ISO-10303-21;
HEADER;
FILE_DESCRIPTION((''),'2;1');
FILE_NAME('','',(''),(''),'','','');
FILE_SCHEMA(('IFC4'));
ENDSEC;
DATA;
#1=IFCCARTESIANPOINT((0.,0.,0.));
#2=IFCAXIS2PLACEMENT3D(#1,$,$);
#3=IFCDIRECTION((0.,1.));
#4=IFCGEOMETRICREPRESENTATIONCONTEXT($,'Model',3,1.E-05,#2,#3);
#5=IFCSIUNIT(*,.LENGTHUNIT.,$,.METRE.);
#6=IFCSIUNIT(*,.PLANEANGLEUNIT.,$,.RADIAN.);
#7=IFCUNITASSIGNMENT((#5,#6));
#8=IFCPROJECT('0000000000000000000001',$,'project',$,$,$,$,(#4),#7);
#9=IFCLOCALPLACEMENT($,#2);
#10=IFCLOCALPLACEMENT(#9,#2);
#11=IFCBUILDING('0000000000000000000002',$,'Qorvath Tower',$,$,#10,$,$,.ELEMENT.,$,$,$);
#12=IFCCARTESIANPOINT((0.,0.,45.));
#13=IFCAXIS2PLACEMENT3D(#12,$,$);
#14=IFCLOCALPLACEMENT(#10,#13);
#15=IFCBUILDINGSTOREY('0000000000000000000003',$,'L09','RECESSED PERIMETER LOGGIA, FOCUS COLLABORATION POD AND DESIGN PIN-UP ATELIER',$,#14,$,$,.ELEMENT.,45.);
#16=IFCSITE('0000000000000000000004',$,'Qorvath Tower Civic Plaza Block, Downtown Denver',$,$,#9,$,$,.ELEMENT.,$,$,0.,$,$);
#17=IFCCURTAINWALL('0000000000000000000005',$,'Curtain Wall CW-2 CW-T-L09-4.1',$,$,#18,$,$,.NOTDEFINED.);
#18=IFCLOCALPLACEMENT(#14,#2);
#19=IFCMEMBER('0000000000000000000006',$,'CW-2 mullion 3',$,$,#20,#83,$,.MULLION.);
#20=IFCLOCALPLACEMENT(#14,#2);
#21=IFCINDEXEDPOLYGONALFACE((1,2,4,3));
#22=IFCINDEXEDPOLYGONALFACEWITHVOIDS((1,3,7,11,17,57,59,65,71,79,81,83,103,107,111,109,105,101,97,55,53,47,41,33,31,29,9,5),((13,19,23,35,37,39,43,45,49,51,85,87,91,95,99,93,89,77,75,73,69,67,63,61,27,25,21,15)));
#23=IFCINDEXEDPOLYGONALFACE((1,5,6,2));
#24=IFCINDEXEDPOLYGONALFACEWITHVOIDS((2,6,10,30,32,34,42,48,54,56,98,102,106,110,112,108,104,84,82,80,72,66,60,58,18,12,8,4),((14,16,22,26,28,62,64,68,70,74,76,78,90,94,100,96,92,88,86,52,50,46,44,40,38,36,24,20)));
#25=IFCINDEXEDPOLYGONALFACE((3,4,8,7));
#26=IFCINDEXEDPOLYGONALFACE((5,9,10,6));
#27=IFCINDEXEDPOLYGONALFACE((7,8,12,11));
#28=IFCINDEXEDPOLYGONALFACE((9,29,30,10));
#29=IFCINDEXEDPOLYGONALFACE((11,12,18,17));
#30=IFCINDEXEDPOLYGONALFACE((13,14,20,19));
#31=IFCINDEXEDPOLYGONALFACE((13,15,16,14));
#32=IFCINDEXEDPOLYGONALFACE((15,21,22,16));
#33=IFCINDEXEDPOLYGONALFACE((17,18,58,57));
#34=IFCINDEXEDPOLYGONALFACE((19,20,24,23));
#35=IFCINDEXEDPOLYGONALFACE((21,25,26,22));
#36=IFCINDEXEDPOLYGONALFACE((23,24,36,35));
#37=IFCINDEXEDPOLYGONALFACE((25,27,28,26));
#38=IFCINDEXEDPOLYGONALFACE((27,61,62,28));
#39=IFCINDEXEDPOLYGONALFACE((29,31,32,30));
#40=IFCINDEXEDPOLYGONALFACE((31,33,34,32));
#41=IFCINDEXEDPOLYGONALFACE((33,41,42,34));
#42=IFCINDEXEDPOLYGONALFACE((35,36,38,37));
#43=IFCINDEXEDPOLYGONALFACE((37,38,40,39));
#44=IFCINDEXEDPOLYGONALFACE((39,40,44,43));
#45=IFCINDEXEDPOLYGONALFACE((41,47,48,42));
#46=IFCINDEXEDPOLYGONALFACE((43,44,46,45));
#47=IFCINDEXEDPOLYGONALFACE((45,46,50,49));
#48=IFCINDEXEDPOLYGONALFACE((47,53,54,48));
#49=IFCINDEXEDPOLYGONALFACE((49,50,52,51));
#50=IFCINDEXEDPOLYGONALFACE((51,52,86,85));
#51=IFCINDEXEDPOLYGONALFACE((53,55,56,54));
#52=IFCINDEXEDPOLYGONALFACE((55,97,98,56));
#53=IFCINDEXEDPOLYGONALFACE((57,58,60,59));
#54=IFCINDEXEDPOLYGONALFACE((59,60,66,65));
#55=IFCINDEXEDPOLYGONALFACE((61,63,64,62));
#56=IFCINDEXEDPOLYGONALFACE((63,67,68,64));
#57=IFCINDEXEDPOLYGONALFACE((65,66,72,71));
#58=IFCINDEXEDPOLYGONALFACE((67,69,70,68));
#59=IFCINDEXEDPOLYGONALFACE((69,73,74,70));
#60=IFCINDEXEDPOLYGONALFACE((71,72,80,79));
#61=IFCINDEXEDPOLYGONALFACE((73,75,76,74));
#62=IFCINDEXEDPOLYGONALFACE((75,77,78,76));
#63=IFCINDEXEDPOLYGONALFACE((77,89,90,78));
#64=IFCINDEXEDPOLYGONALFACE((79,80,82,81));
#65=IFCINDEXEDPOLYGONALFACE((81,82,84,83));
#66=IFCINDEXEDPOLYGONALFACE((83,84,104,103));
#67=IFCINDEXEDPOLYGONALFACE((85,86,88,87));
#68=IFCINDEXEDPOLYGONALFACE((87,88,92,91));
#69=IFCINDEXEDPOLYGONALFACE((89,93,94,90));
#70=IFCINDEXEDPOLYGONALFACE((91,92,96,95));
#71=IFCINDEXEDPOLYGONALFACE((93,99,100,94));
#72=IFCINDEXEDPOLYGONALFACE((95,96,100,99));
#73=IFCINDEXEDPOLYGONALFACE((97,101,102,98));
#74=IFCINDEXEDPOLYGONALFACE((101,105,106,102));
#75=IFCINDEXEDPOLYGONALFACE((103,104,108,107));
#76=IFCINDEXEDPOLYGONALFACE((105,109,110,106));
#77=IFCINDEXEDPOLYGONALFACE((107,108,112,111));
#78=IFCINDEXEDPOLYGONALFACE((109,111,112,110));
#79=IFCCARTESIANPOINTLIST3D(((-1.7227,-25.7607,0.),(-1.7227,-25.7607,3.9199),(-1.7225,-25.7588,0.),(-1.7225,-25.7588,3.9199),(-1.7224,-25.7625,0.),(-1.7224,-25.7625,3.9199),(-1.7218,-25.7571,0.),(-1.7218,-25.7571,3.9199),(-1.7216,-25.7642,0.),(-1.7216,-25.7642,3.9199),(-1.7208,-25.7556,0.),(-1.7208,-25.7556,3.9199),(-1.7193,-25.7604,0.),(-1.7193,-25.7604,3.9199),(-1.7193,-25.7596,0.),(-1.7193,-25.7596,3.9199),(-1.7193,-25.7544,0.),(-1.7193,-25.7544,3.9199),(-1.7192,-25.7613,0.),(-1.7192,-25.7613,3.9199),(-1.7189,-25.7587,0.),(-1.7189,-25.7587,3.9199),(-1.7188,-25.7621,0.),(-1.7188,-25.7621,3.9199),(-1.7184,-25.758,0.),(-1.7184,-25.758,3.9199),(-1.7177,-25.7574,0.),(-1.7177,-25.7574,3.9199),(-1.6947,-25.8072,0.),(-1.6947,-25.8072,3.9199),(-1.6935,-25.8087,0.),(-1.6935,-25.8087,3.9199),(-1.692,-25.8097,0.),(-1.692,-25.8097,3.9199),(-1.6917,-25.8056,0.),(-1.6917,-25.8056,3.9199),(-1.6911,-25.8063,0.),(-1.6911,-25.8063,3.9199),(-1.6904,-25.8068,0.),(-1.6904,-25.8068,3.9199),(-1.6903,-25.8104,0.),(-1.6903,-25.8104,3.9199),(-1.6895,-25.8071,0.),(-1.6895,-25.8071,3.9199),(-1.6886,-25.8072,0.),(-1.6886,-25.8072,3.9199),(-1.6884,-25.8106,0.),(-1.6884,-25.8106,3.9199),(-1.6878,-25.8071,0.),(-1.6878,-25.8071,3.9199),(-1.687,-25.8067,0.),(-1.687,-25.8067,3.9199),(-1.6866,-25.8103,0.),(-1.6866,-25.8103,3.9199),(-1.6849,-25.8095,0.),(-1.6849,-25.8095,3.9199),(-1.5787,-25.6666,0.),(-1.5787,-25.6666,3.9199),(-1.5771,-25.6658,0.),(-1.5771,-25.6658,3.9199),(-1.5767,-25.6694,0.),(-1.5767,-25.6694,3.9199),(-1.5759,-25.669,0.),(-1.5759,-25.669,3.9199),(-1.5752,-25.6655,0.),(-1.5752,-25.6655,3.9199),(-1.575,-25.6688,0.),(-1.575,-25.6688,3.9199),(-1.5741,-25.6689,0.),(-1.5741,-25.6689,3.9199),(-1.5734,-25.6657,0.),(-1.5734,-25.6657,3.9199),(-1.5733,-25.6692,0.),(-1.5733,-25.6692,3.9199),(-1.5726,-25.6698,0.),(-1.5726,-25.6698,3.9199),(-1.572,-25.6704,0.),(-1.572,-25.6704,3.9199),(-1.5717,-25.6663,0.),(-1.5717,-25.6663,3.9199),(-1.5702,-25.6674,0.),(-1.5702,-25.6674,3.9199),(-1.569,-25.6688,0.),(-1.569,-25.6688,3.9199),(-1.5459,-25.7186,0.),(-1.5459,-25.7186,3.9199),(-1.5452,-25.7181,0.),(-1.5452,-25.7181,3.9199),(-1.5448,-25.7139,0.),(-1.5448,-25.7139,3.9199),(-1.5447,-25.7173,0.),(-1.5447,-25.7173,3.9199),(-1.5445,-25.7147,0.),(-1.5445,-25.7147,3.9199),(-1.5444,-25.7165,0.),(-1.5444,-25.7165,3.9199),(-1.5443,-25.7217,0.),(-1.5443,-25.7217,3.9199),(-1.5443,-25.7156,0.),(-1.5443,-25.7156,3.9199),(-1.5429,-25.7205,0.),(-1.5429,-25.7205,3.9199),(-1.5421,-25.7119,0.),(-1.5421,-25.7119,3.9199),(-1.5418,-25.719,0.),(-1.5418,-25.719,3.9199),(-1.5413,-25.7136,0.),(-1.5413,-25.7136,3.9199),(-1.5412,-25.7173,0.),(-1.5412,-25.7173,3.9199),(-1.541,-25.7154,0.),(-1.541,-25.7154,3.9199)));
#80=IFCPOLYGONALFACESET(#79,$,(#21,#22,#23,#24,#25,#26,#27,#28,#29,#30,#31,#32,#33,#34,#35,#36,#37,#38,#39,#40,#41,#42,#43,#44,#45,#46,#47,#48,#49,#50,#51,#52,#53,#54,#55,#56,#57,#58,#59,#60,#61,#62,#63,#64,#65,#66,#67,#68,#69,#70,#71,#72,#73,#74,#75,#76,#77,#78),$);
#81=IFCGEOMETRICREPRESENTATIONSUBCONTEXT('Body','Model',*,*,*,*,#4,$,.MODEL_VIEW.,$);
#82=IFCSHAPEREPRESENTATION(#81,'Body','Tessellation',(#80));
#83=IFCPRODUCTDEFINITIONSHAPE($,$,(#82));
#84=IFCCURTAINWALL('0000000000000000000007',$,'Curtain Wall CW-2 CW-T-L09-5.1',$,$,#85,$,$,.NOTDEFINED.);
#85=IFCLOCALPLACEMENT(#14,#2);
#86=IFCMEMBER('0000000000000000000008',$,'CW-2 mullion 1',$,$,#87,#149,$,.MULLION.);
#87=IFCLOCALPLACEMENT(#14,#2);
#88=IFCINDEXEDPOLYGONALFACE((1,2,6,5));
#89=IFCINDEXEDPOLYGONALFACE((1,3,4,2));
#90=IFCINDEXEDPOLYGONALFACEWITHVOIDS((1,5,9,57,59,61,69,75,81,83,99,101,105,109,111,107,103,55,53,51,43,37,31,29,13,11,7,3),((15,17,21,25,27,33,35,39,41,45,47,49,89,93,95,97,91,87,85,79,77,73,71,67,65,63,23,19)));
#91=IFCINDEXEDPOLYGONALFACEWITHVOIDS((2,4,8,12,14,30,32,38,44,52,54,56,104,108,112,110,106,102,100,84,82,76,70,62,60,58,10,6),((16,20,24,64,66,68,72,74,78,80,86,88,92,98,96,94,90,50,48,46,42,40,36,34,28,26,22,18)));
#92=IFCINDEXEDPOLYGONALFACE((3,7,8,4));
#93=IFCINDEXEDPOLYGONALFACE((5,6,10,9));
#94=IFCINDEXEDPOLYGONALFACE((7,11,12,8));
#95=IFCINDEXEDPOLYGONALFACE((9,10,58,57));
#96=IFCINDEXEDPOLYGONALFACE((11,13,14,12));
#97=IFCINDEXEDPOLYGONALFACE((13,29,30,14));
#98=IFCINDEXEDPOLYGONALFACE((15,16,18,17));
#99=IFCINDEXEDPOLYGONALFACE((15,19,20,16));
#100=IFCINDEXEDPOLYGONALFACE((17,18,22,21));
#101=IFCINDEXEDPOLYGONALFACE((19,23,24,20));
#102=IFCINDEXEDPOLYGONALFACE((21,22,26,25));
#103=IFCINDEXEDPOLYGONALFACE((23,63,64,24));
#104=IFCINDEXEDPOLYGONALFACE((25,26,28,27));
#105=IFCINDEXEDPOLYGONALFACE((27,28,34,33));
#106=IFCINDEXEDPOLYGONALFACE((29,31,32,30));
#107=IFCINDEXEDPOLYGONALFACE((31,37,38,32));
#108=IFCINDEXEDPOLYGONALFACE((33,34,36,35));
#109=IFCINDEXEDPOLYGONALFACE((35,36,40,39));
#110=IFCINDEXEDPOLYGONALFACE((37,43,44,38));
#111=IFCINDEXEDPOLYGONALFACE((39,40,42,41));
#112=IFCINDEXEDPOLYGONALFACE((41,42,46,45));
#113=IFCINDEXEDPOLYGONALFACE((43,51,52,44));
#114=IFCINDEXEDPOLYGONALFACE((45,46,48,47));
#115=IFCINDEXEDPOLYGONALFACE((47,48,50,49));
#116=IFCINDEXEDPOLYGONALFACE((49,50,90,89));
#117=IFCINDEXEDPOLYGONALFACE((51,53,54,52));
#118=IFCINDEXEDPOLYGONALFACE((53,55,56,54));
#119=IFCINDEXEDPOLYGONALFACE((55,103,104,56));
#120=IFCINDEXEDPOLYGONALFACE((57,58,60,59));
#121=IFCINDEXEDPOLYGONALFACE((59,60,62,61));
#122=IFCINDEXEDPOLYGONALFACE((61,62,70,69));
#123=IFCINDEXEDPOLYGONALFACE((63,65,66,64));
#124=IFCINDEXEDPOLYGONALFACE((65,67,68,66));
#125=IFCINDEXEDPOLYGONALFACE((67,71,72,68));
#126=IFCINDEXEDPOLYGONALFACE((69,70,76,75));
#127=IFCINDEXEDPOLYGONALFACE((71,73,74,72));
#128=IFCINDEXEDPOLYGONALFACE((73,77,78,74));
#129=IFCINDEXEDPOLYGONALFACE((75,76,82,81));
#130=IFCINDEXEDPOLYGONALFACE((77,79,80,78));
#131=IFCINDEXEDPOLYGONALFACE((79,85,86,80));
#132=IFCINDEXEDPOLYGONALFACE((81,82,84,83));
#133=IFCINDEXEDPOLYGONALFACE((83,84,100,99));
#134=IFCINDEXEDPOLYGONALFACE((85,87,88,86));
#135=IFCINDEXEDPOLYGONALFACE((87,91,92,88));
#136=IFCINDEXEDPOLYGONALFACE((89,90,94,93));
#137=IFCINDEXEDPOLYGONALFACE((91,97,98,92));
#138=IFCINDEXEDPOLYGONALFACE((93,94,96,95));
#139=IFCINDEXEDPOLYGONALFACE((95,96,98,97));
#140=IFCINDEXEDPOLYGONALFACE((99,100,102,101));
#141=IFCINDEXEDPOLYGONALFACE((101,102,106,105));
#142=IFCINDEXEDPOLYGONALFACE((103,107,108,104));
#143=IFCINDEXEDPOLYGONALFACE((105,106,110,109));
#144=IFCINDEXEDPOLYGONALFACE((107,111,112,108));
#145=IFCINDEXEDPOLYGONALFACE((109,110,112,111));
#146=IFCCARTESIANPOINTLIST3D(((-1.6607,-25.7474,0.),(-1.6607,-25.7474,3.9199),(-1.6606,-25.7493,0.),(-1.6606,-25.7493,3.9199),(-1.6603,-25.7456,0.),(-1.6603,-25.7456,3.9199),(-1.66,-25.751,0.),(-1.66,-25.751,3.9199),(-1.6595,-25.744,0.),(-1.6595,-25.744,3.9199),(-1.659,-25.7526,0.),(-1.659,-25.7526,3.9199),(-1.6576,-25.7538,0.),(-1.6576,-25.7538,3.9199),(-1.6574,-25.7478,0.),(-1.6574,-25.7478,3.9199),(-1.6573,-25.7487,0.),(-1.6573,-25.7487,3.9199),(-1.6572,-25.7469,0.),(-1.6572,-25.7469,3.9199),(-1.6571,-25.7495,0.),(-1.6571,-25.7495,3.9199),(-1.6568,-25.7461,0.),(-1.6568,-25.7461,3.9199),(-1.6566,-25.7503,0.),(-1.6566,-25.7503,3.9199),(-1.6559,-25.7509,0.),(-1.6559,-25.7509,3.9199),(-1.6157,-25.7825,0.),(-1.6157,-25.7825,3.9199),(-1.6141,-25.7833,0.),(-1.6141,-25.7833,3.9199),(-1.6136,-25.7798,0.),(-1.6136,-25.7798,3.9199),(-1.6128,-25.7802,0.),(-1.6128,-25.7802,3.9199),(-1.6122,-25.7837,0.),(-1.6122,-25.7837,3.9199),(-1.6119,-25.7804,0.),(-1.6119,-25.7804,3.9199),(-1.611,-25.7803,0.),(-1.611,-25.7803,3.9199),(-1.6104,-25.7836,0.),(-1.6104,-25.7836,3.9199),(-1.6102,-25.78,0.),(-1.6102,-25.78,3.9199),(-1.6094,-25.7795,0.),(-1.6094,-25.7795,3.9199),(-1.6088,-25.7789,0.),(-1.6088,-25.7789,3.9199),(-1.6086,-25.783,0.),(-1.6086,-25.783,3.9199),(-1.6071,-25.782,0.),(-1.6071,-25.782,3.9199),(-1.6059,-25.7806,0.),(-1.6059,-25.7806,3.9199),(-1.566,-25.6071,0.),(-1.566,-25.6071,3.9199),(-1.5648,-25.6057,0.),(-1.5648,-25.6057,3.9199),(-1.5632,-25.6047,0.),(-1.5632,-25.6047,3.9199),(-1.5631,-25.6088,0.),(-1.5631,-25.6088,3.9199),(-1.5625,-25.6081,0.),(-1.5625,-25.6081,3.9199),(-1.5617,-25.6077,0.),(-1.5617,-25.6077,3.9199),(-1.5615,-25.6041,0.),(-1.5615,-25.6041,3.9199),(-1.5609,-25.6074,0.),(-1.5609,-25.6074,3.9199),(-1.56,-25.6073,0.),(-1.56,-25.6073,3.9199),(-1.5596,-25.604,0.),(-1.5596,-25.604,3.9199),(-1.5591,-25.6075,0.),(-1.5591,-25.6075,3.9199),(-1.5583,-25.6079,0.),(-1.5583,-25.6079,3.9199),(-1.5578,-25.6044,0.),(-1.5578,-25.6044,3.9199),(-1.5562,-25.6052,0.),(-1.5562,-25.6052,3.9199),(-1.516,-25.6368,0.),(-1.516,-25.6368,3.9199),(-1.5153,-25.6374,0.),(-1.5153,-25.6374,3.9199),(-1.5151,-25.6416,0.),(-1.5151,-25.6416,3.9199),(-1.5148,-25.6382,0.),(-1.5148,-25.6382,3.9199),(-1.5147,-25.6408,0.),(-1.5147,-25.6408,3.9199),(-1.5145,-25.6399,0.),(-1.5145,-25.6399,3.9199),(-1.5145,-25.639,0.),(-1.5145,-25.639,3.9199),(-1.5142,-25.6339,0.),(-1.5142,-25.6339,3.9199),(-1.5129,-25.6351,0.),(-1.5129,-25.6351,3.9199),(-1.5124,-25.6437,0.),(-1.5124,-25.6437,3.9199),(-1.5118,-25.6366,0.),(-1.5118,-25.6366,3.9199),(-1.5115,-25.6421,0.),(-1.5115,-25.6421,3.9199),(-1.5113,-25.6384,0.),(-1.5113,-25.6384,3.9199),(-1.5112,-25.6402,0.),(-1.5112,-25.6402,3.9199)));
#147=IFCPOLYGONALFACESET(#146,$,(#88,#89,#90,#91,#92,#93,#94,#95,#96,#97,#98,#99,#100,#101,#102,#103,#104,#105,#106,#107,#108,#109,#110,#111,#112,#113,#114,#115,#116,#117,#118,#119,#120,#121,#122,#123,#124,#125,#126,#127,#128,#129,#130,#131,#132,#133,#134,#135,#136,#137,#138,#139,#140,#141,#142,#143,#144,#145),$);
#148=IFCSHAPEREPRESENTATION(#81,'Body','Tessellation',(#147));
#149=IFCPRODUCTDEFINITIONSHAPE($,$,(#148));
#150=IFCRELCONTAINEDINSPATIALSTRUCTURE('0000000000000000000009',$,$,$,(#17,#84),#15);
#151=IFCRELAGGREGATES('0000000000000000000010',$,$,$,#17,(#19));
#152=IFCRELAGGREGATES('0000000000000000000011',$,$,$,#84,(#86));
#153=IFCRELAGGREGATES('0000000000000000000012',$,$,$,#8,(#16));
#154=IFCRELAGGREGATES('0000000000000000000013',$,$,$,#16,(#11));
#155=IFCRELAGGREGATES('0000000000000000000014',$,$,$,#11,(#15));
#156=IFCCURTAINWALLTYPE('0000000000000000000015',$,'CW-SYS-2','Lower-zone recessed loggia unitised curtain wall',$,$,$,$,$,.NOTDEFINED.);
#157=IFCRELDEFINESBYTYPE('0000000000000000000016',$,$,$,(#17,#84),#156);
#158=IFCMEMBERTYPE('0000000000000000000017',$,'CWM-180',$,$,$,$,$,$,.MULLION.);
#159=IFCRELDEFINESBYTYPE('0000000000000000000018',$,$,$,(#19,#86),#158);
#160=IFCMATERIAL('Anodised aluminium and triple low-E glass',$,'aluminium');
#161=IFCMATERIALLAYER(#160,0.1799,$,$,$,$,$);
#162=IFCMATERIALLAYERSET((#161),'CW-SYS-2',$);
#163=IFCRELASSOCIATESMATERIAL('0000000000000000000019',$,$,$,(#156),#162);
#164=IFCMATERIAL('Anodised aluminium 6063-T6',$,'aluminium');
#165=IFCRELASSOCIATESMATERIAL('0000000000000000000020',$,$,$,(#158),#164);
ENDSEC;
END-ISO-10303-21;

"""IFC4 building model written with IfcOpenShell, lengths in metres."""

from ifc_helpers import new_model, si_unit, direction, frame, origin, origin_2d, place, context, subcontext, project, spatial, hollow_rectangle, extrude, material, layer, layer_set, material_profile, profile_set, type_object, element, aggregate, save


model = new_model("IFC4")

# Units and contexts
model_context = context("Model", 3, precision=1e-05, world=origin(), true_north=direction((0.0, 1.0)))
body_context = subcontext(model_context, "Body", "Model", "MODEL_VIEW")
ifc_project = project(units=[si_unit("LENGTHUNIT", "METRE"), si_unit("PLANEANGLEUNIT", "RADIAN")], contexts=[model_context])

# Site, building, storey
site_placement = place(None, origin())
site = spatial("IfcSite", under=ifc_project, at=site_placement, Name="Qorvath Tower Civic Plaza Block, Downtown Denver", CompositionType="ELEMENT", RefElevation=0.0)
building_placement = place(site_placement, origin())
building = spatial("IfcBuilding", under=site, at=building_placement, Name="Qorvath Tower", CompositionType="ELEMENT")
storey_placement = place(building_placement, frame((0.0, 0.0, 45.0)))
storey = spatial("IfcBuildingStorey", under=building, at=storey_placement, Name="L09", Description="RECESSED PERIMETER LOGGIA, FOCUS COLLABORATION POD AND DESIGN PIN-UP ATELIER", CompositionType="ELEMENT", Elevation=45.0)

# Curtain wall, member
ifc_material_1 = material(Name="Anodised aluminium and triple low-E glass", Category="aluminium")
ifc_layer_1 = layer(ifc_material_1, 0.1799)
ifc_layer_set_1 = layer_set([ifc_layer_1], Name="CW-SYS-2")
curtain_wall_type = type_object("IfcCurtainWallType", Name="CW-SYS-2", Description="Lower-zone recessed loggia unitised curtain wall", PredefinedType="NOTDEFINED", material=ifc_layer_set_1)
ifc_material_2 = material(Name="Anodised aluminium 6063-T6", Category="aluminium")
ifc_material_profile_1 = material_profile(ifc_material_2, hollow_rectangle(XDim=0.0649, YDim=0.1799, WallThickness=0.0034, InnerFilletRadius=0.0034, OuterFilletRadius=0.0071, at=origin_2d()), Name="CWM 180x65")
ifc_profile_set_1 = profile_set([ifc_material_profile_1], Name="Anodised aluminium 6063-T6")
member_type_1 = type_object("IfcMemberType", Name="CWM-180", PredefinedType="MULLION", material=ifc_profile_set_1)
curtain_wall_1_placement = place(storey_placement, origin())
curtain_wall_1 = element("IfcCurtainWall", 1, at=curtain_wall_1_placement, inside=storey, type_object=curtain_wall_type, Name="Curtain Wall CW-2 CW-T-L09-4.1", PredefinedType="NOTDEFINED")
member_1_placement = place(storey_placement, frame((-1.6318, -25.738, 0.0), z_axis=(0.0, 0.0, 1.0), x_axis=(-0.529724, 0.84817, 0.0)))
member_1 = element("IfcMember", 2, at=member_1_placement, type_object=member_type_1, Name="CW-2 mullion 3", PredefinedType="MULLION", context=body_context, shape_type="SweptSolid", body=[
    extrude(hollow_rectangle(XDim=0.0649, YDim=0.1799, WallThickness=0.0034, InnerFilletRadius=0.0034, OuterFilletRadius=0.0071, at=origin_2d()), origin(), (0.0, 0.0, 1.0), 3.9199),
])

# Curtain wall, member
curtain_wall_2_placement = place(storey_placement, origin())
curtain_wall_2 = element("IfcCurtainWall", 3, at=curtain_wall_2_placement, inside=storey, type_object=curtain_wall_type, Name="Curtain Wall CW-2 CW-T-L09-5.1", PredefinedType="NOTDEFINED")
member_2_placement = place(storey_placement, frame((-1.5859, -25.6938, 0.0), z_axis=(0.0, 0.0, 1.0), x_axis=(-0.825849, 0.563891, 0.0)))
member_2 = element("IfcMember", 4, at=member_2_placement, type_object=member_type_1, Name="CW-2 mullion 1", PredefinedType="MULLION", context=body_context, shape_type="SweptSolid", body=[
    extrude(hollow_rectangle(XDim=0.0649, YDim=0.1799, WallThickness=0.0034, InnerFilletRadius=0.0034, OuterFilletRadius=0.0071, at=origin_2d()), origin(), (0.0, 0.0, 1.0), 3.9199),
])

aggregate(curtain_wall_1, [member_1])
aggregate(curtain_wall_2, [member_2])

save(model, "model.ifc")
